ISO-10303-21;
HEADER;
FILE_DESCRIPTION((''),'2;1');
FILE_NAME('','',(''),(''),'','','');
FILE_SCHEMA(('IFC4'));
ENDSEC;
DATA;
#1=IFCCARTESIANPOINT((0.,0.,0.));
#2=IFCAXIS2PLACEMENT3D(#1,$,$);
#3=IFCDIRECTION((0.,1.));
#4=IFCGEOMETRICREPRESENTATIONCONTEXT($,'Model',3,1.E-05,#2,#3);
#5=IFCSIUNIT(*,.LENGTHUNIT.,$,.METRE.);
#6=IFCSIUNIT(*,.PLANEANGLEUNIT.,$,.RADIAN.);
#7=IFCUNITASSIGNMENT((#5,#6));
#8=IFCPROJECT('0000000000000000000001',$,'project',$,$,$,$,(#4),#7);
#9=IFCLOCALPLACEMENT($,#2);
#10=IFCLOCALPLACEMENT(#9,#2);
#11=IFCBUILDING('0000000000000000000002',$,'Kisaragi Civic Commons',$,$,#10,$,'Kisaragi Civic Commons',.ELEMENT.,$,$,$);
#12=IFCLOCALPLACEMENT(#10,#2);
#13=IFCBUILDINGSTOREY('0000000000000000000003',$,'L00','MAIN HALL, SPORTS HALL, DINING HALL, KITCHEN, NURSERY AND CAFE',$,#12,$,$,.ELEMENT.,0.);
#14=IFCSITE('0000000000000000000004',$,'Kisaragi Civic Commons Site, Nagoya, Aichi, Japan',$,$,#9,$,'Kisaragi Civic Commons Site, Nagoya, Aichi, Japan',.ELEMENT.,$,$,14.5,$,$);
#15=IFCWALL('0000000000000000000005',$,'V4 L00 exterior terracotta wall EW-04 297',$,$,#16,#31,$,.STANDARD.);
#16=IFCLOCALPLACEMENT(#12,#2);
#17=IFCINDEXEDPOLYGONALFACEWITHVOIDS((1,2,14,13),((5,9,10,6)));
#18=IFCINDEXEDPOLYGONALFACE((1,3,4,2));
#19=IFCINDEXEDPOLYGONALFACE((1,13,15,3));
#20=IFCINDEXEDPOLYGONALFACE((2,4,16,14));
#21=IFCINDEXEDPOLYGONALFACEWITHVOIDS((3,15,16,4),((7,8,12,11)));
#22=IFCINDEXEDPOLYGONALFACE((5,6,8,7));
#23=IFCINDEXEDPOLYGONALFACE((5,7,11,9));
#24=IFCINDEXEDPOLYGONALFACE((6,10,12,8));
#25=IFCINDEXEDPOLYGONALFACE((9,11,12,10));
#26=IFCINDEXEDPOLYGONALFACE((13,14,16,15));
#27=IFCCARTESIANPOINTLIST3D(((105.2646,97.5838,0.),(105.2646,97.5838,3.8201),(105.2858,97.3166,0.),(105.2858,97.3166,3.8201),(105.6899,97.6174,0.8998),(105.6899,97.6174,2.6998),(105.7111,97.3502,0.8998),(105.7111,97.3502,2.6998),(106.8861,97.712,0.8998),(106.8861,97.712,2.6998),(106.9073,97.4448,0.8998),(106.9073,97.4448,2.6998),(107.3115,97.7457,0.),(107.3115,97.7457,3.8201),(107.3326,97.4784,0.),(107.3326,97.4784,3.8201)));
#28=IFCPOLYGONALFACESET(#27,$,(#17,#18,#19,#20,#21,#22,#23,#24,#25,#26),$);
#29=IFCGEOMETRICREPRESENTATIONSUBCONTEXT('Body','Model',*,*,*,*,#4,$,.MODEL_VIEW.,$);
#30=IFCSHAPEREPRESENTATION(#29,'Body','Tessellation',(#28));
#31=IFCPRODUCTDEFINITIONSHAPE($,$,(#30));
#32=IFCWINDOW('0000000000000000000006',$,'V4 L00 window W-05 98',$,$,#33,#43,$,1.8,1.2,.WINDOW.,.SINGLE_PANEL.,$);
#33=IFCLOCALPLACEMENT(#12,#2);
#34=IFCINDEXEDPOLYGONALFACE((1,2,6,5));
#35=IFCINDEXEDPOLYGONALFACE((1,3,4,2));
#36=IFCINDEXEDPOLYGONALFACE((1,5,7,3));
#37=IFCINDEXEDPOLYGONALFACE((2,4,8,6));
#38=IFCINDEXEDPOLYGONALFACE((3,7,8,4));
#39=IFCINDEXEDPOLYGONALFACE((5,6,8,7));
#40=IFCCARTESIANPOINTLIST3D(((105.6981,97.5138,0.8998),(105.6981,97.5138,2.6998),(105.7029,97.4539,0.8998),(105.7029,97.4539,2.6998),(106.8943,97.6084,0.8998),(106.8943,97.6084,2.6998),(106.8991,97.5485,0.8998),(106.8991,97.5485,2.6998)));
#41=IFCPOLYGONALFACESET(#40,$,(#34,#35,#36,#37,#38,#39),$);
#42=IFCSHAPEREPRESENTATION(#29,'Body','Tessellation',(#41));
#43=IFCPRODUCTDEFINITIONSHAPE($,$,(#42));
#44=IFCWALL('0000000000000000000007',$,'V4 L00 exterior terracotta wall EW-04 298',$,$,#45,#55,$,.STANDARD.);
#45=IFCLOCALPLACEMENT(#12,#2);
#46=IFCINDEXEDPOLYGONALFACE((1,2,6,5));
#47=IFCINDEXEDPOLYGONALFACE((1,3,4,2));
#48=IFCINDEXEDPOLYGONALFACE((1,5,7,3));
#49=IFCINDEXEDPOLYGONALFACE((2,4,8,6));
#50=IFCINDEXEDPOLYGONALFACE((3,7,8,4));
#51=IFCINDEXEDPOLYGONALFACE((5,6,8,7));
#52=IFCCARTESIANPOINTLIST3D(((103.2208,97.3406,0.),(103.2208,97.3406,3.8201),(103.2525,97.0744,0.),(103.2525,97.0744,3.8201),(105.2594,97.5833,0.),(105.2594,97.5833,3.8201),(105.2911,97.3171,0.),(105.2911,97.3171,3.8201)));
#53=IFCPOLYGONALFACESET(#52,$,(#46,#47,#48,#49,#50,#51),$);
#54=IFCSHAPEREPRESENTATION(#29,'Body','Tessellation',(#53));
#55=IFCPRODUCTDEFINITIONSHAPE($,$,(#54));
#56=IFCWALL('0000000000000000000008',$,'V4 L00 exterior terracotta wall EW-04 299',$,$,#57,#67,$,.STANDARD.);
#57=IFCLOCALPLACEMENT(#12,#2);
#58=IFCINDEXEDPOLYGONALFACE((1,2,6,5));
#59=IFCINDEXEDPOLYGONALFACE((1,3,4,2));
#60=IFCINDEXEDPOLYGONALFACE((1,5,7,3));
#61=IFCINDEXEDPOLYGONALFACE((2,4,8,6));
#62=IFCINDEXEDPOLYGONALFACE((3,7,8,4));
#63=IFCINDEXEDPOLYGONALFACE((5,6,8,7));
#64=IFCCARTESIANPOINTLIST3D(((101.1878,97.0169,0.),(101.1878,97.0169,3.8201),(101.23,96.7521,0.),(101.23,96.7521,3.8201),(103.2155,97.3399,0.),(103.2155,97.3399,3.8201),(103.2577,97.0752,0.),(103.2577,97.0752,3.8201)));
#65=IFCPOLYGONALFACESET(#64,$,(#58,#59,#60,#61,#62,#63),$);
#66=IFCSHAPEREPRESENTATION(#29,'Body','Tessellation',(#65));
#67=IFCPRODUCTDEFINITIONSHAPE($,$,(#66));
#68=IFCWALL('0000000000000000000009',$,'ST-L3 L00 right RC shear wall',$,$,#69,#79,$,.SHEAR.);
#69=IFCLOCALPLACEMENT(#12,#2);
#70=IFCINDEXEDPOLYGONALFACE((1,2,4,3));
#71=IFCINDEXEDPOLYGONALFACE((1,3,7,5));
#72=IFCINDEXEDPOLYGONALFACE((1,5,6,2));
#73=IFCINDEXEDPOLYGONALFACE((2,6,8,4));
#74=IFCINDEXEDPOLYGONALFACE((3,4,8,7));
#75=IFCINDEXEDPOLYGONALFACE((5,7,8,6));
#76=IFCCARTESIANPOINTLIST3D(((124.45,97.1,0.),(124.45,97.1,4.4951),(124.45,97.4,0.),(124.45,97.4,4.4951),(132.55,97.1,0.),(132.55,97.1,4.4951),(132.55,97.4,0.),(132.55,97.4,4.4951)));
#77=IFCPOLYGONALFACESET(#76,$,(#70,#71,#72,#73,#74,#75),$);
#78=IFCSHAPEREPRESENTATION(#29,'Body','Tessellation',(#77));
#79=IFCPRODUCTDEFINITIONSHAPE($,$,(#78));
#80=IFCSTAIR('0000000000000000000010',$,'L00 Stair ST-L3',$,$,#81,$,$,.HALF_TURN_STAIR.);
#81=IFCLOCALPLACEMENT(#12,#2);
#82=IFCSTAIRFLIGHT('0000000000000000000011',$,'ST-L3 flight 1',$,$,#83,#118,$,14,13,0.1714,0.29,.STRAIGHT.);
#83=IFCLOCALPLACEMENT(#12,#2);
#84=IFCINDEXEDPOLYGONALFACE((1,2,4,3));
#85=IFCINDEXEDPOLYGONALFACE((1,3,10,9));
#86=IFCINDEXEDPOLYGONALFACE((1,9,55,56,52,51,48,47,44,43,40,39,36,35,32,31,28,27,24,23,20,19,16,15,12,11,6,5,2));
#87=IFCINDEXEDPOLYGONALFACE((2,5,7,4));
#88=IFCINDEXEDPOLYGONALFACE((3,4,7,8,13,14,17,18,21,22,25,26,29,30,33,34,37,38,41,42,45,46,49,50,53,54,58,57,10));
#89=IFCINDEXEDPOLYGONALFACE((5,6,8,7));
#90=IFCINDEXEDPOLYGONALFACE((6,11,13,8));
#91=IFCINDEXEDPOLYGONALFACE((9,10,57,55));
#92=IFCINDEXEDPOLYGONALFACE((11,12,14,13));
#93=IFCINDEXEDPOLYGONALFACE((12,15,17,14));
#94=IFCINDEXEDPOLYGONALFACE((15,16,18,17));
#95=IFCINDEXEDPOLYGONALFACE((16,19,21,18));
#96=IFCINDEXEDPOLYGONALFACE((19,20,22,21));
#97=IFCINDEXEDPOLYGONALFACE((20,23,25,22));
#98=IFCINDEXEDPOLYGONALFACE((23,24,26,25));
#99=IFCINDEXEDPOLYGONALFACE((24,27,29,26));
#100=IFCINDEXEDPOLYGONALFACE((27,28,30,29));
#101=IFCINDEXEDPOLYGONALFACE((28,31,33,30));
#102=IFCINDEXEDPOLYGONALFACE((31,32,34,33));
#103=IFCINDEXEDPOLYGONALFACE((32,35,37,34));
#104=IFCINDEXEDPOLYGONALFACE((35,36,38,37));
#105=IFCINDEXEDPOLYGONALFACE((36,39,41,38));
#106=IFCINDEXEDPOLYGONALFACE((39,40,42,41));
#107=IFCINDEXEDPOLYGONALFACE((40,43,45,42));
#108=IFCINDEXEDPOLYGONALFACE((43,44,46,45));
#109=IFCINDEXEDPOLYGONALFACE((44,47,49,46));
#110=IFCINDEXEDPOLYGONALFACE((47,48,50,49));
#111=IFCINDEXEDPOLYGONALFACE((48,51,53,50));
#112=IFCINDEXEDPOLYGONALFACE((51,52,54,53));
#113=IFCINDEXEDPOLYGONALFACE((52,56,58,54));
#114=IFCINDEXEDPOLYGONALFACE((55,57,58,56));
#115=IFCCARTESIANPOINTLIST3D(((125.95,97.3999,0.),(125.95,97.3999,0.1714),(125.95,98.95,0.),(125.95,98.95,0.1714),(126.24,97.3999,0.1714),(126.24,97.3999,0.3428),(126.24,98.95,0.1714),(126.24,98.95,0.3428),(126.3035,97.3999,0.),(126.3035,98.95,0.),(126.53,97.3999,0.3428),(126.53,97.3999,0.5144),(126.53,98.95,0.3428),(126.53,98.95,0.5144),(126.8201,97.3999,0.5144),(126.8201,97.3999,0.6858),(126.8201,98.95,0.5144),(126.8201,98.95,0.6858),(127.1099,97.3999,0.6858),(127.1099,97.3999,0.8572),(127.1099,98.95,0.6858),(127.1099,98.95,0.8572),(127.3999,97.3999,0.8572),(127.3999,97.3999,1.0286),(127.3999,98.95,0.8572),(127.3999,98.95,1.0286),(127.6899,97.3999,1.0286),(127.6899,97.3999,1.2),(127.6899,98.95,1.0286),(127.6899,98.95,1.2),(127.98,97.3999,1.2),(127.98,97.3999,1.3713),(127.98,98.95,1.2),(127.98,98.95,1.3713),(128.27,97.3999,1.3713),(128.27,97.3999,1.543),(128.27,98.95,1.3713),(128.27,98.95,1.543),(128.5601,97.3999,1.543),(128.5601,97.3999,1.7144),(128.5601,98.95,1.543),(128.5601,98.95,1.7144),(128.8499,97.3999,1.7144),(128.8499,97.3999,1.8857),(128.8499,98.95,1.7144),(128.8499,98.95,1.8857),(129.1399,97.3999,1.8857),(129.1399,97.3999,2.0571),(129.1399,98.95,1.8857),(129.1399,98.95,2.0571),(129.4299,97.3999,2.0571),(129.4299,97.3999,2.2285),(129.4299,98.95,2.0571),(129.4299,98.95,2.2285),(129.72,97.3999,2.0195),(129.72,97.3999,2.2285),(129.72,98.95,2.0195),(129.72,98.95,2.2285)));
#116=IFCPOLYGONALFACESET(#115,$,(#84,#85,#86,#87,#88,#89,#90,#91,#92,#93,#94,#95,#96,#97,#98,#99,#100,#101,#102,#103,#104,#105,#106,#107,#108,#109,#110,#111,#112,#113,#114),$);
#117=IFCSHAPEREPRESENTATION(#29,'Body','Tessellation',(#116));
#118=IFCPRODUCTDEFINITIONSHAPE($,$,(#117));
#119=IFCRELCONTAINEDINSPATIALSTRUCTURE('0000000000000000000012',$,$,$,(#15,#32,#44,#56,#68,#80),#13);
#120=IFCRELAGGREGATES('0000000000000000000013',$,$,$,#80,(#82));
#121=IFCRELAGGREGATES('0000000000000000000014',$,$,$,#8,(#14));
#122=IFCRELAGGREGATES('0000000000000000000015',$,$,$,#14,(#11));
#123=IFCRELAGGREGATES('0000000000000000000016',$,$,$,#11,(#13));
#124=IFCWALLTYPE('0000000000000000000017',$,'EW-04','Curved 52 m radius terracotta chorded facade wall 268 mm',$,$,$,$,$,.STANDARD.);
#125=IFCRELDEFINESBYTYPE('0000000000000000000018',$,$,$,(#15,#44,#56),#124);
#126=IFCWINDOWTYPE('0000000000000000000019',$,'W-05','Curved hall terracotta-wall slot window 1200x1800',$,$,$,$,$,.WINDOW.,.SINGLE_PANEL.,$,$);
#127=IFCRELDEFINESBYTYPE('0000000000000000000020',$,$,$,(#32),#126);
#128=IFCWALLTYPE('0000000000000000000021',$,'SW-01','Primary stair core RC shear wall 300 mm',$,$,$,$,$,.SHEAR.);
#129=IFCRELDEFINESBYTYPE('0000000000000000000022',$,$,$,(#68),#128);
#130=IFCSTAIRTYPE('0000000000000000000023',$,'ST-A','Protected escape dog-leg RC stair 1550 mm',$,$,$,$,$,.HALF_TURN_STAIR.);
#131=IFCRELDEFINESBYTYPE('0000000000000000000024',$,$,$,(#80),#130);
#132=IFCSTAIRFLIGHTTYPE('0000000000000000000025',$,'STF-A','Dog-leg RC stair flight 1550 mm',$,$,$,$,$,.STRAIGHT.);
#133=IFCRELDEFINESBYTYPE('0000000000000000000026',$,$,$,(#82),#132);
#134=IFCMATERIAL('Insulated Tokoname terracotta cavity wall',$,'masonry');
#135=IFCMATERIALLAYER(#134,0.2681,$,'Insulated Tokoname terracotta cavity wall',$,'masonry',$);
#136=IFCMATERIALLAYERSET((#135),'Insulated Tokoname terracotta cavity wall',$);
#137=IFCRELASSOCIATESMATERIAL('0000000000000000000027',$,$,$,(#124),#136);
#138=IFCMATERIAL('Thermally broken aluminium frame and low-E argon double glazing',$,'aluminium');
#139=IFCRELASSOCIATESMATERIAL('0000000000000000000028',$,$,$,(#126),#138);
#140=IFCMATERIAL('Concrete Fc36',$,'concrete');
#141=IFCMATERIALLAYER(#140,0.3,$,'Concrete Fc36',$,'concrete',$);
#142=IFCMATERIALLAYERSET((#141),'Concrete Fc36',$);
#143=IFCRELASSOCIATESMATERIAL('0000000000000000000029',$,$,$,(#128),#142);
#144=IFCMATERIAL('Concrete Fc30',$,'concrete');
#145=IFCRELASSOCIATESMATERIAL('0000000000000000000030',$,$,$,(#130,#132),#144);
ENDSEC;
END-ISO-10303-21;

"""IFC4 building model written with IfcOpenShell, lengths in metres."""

from ifc_helpers import new_model, si_unit, direction, frame, frame_2d, origin, place, context, subcontext, project, spatial, polyline, rectangle, outline, extrude, material, layer, layer_set, type_object, element, fill, aggregate, save


model = new_model("IFC4")

# Units and contexts
model_context = context("Model", 3, precision=1e-05, world=origin(), true_north=direction((0.0, 1.0)))
body_context = subcontext(model_context, "Body", "Model", "MODEL_VIEW")
ifc_project = project(units=[si_unit("LENGTHUNIT", "METRE"), si_unit("PLANEANGLEUNIT", "RADIAN")], contexts=[model_context])

# Site, building, storey
site_placement = place(None, origin())
site = spatial("IfcSite", under=ifc_project, at=site_placement, Name="Kisaragi Civic Commons Site, Nagoya, Aichi, Japan", LongName="Kisaragi Civic Commons Site, Nagoya, Aichi, Japan", CompositionType="ELEMENT", RefElevation=14.5)
building_placement = place(site_placement, origin())
building = spatial("IfcBuilding", under=site, at=building_placement, Name="Kisaragi Civic Commons", LongName="Kisaragi Civic Commons", CompositionType="ELEMENT")
storey_placement = place(building_placement, origin())
storey = spatial("IfcBuildingStorey", under=building, at=storey_placement, Name="L00", Description="MAIN HALL, SPORTS HALL, DINING HALL, KITCHEN, NURSERY AND CAFE", CompositionType="ELEMENT", Elevation=0.0)

# Shared definitions
ifc_material_1 = material(Name="Concrete Fc36", Category="concrete")

# Shared definitions
ifc_material_2 = material(Name="Concrete Fc30", Category="concrete")

# Shared definitions
ifc_material_3 = material(Name="Insulated Tokoname terracotta cavity wall", Category="masonry")
ifc_layer_1 = layer(ifc_material_3, 0.2681, Name="Insulated Tokoname terracotta cavity wall", Category="masonry")
ifc_layer_set_1 = layer_set([ifc_layer_1], Name="Insulated Tokoname terracotta cavity wall")
wall_type_1 = type_object("IfcWallType", Name="EW-04", Description="Curved 52 m radius terracotta chorded facade wall 268 mm", PredefinedType="STANDARD", material=ifc_layer_set_1)

# Shared definitions
ifc_material_4 = material(Name="Thermally broken aluminium frame and low-E argon double glazing", Category="aluminium")
window_type = type_object("IfcWindowType", Name="W-05", Description="Curved hall terracotta-wall slot window 1200x1800", PartitioningType="SINGLE_PANEL", PredefinedType="WINDOW", material=ifc_material_4)

# Wall, opening, window
wall_1_placement = place(storey_placement, frame((107.322, 97.6121, 0.0), z_axis=(0.0, 0.0, 1.0), x_axis=(-0.996888, -0.078833, 0.0)))
wall_1 = element("IfcWall", 1, at=wall_1_placement, inside=storey, type_object=wall_type_1, Name="V4 L00 exterior terracotta wall EW-04 297", PredefinedType="STANDARD", context=body_context, shape_type="SweptSolid", body=[
    extrude(rectangle(XDim=2.0532, YDim=0.2681, at=frame_2d((1.0266, 0.0))), origin(), (0.0, 0.0, 1.0), 3.8201),
])
opening_1_placement = place(wall_1_placement, frame((0.4265, 0.0, 0.8999)))
opening_1 = element("IfcOpeningElement", 2, at=opening_1_placement, cuts=wall_1, PredefinedType="OPENING", context=body_context, shape_type="SweptSolid", body=[
    extrude(rectangle(XDim=1.2, YDim=1.8, at=frame_2d((0.6001, 0.8999))), frame((0.0, 0.144, 0.0), z_axis=(0.0, -1.0, 0.0), x_axis=(1.0, 0.0, 0.0)), (0.0, 0.0, 1.0), 0.2881),
])
window_1_placement = place(opening_1_placement, origin())
window_1 = element("IfcWindow", 3, at=window_1_placement, inside=storey, type_object=window_type, Name="V4 L00 window W-05 98", OverallHeight=1.8, OverallWidth=1.2, PartitioningType="SINGLE_PANEL", PredefinedType="WINDOW", context=body_context, shape_type="SweptSolid", body=[
    extrude(rectangle(XDim=1.2, YDim=1.8, at=frame_2d((0.6001, 0.8999))), frame((0.0, 0.03, 0.0), z_axis=(0.0, -1.0, 0.0), x_axis=(1.0, 0.0, 0.0)), (0.0, 0.0, 1.0), 0.0601),
])
fill(opening_1, window_1)

# Walls
wall_2_placement = place(storey_placement, frame((105.2751, 97.4502, 0.0), z_axis=(0.0, 0.0, 1.0), x_axis=(-0.992989, -0.118207, 0.0)))
element("IfcWall", 4, at=wall_2_placement, inside=storey, type_object=wall_type_1, Name="V4 L00 exterior terracotta wall EW-04 298", PredefinedType="STANDARD", context=body_context, shape_type="SweptSolid", body=[
    extrude(rectangle(XDim=2.053, YDim=0.2681, at=frame_2d((1.0264, 0.0))), origin(), (0.0, 0.0, 1.0), 3.8201),
])
wall_3_placement = place(storey_placement, frame((103.2366, 97.2075, 0.0), z_axis=(0.0, 0.0, 1.0), x_axis=(-0.987548, -0.157318, 0.0)))
element("IfcWall", 5, at=wall_3_placement, inside=storey, type_object=wall_type_1, Name="V4 L00 exterior terracotta wall EW-04 299", PredefinedType="STANDARD", context=body_context, shape_type="SweptSolid", body=[
    extrude(rectangle(XDim=2.0532, YDim=0.2681, at=frame_2d((1.0266, 0.0))), origin(), (0.0, 0.0, 1.0), 3.8201),
])
ifc_layer_2 = layer(ifc_material_1, 0.3, Name="Concrete Fc36", Category="concrete")
ifc_layer_set_2 = layer_set([ifc_layer_2], Name="Concrete Fc36")
wall_type_2 = type_object("IfcWallType", Name="SW-01", Description="Primary stair core RC shear wall 300 mm", PredefinedType="SHEAR", material=ifc_layer_set_2)
wall_4_placement = place(storey_placement, frame((124.45, 97.25, 0.0), z_axis=(0.0, 0.0, 1.0), x_axis=(1.0, 0.0, 0.0)))
element("IfcWall", 6, at=wall_4_placement, inside=storey, type_object=wall_type_2, Name="ST-L3 L00 right RC shear wall", PredefinedType="SHEAR", context=body_context, shape_type="SweptSolid", body=[
    extrude(rectangle(XDim=8.1001, YDim=0.3, at=frame_2d((4.05, 0.0))), origin(), (0.0, 0.0, 1.0), 4.4951),
])

# Stair, stair flight
stair_type = type_object("IfcStairType", Name="ST-A", Description="Protected escape dog-leg RC stair 1550 mm", PredefinedType="HALF_TURN_STAIR", material=ifc_material_2)
stair_placement = place(storey_placement, origin())
stair = element("IfcStair", 7, at=stair_placement, inside=storey, type_object=stair_type, Name="L00 Stair ST-L3", PredefinedType="HALF_TURN_STAIR")
stair_flight_type = type_object("IfcStairFlightType", Name="STF-A", Description="Dog-leg RC stair flight 1550 mm", PredefinedType="STRAIGHT", material=ifc_material_2)
stair_flight_placement = place(storey_placement, frame((125.95, 98.175, 0.0), z_axis=(0.0, 0.0, 1.0), x_axis=(1.0, 0.0, 0.0)))
stair_flight = element("IfcStairFlight", 8, at=stair_flight_placement, type_object=stair_flight_type, Name="ST-L3 flight 1", NumberOfRisers=14, NumberOfTreads=13, PredefinedType="STRAIGHT", RiserHeight=0.1714, TreadLength=0.29, context=body_context, shape_type="SweptSolid", body=[
    extrude(outline(polyline([(0.0, 0.0), (0.0, 0.1714), (0.29, 0.1714), (0.29, 0.3428), (0.5801, 0.3428), (0.5801, 0.5144), (0.8701, 0.5144), (0.8701, 0.6858), (1.1599, 0.6858), (1.1599, 0.8572), (1.45, 0.8572), (1.45, 1.0286), (1.74, 1.0286), (1.74, 1.2), (2.03, 1.2), (2.03, 1.3713), (2.3201, 1.3713), (2.3201, 1.543), (2.6101, 1.543), (2.6101, 1.7144), (2.8999, 1.7144), (2.8999, 1.8857), (3.1899, 1.8857), (3.1899, 2.0571), (3.48, 2.0571), (3.48, 2.2285), (3.77, 2.2285), (3.77, 2.3999), (3.77, 2.0195), (0.3535, 0.0), (0.0, 0.0)])), frame((0.0, 0.7749, 0.0), z_axis=(0.0, -1.0, 0.0), x_axis=(1.0, 0.0, 0.0)), (0.0, 0.0, 1.0), 1.55),
])
aggregate(stair, [stair_flight])

save(model, "model.ifc")
